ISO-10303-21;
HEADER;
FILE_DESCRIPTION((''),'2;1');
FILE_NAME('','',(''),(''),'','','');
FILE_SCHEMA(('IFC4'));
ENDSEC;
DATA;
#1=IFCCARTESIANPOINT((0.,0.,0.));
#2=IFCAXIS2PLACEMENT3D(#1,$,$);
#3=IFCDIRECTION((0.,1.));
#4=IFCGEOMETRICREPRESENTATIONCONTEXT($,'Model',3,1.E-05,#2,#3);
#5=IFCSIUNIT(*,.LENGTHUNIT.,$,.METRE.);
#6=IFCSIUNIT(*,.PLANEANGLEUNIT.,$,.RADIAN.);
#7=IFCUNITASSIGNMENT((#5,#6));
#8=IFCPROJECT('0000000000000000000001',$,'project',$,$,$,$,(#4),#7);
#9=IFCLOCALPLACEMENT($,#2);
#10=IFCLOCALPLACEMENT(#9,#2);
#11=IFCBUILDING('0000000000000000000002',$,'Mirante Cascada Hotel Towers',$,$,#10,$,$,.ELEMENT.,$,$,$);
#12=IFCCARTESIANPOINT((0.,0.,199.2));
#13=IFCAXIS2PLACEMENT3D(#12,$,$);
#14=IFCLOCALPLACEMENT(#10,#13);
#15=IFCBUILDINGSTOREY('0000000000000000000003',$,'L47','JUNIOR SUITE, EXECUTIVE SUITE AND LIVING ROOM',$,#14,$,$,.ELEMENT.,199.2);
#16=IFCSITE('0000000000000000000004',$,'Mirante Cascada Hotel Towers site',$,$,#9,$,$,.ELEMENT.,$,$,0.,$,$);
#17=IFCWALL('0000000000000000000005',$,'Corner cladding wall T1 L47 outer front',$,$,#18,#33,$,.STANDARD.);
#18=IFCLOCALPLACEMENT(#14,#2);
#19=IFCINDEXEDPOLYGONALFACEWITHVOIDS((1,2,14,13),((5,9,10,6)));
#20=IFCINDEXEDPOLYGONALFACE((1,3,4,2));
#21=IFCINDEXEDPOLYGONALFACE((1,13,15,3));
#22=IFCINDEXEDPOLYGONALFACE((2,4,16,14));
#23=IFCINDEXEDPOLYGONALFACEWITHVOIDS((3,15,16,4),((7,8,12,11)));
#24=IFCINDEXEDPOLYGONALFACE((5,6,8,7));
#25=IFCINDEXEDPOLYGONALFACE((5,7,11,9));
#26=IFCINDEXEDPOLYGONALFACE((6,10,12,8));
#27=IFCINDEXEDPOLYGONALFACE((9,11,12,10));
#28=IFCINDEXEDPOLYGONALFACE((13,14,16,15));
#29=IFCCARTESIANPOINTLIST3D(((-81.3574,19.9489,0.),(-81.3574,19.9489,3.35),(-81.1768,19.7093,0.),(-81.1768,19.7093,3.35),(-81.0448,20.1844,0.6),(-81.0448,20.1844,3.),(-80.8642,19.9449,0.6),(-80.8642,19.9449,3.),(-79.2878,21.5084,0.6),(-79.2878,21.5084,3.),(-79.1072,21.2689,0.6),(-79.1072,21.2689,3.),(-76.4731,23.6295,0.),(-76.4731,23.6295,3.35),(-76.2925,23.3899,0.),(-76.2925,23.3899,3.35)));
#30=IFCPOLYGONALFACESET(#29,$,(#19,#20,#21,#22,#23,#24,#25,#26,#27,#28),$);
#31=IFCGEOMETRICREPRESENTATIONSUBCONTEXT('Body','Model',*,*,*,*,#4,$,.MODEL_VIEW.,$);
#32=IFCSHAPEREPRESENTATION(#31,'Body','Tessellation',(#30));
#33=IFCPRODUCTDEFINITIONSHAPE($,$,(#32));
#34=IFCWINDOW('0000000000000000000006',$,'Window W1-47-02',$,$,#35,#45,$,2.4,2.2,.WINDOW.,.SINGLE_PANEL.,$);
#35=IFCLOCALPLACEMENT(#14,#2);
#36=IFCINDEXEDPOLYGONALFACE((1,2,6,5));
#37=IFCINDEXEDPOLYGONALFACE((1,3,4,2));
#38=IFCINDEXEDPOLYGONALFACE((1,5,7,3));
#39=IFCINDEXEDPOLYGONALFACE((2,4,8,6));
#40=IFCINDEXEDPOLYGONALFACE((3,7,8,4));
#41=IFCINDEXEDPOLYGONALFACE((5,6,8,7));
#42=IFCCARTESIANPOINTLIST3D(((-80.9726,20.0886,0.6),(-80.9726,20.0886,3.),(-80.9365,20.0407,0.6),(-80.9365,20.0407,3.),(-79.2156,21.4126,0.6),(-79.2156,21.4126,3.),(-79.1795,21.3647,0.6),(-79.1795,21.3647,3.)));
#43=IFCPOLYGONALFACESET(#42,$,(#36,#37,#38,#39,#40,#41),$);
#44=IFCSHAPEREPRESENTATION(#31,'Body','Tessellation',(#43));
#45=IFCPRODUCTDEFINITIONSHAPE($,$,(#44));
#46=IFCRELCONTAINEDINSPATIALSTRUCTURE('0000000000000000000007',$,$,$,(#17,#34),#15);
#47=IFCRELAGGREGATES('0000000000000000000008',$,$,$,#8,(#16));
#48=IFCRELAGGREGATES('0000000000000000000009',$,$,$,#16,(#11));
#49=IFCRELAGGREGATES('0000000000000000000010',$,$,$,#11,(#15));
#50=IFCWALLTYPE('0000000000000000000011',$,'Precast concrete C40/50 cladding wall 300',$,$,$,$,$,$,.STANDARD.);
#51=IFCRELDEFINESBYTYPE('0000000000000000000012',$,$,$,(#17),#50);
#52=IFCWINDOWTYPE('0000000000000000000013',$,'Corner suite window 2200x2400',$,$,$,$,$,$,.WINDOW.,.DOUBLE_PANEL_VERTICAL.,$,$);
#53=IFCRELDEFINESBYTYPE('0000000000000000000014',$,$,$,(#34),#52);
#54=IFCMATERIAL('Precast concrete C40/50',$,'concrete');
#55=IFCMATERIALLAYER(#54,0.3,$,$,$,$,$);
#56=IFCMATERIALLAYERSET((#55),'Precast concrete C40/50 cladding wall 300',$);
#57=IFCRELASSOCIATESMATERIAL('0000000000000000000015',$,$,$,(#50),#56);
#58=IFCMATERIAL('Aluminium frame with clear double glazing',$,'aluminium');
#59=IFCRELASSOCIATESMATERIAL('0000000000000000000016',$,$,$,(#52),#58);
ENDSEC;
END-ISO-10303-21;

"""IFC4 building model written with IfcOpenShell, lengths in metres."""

from ifc_helpers import new_model, si_unit, direction, frame, frame_2d, origin, place, context, subcontext, project, spatial, rectangle, extrude, material, layer, layer_set, type_object, element, fill, save


model = new_model("IFC4")

# Units and contexts
model_context = context("Model", 3, precision=1e-05, world=origin(), true_north=direction((0.0, 1.0)))
body_context = subcontext(model_context, "Body", "Model", "MODEL_VIEW")
ifc_project = project(units=[si_unit("LENGTHUNIT", "METRE"), si_unit("PLANEANGLEUNIT", "RADIAN")], contexts=[model_context])

# Site, building, storey
site_placement = place(None, origin())
site = spatial("IfcSite", under=ifc_project, at=site_placement, Name="Mirante Cascada Hotel Towers site", CompositionType="ELEMENT", RefElevation=0.0)
building_placement = place(site_placement, origin())
building = spatial("IfcBuilding", under=site, at=building_placement, Name="Mirante Cascada Hotel Towers", CompositionType="ELEMENT")
storey_placement = place(building_placement, frame((0.0, 0.0, 199.2)))
storey = spatial("IfcBuildingStorey", under=building, at=storey_placement, Name="L47", Description="JUNIOR SUITE, EXECUTIVE SUITE AND LIVING ROOM", CompositionType="ELEMENT", Elevation=199.2)

# Wall, opening, window
ifc_material_1 = material(Name="Precast concrete C40/50", Category="concrete")
ifc_layer_1 = layer(ifc_material_1, 0.3)
ifc_layer_set_1 = layer_set([ifc_layer_1], Name="Precast concrete C40/50 cladding wall 300")
wall_type_1 = type_object("IfcWallType", Name="Precast concrete C40/50 cladding wall 300", PredefinedType="STANDARD", material=ifc_layer_set_1)
wall_1_placement = place(storey_placement, frame((-81.2671, 19.8291, 0.0), z_axis=(0.0, 0.0, 1.0), x_axis=(0.798634, 0.601817, 0.0)))
wall_1 = element("IfcWall", 1, at=wall_1_placement, inside=storey, type_object=wall_type_1, Name="Corner cladding wall T1 L47 outer front", PredefinedType="STANDARD", context=body_context, shape_type="SweptSolid", body=[
    extrude(rectangle(XDim=6.1158, YDim=0.3, at=frame_2d((3.0579, 0.0))), origin(), (0.0, 0.0, 1.0), 3.35),
])
opening_1_placement = place(wall_1_placement, frame((0.3914, 0.0, 0.6)))
opening_1 = element("IfcOpeningElement", 2, at=opening_1_placement, cuts=wall_1, PredefinedType="OPENING", context=body_context, shape_type="SweptSolid", body=[
    extrude(rectangle(XDim=2.2, YDim=2.4, at=frame_2d((1.1, 1.2))), frame((0.0, 0.15, 0.0), z_axis=(0.0, -1.0, 0.0), x_axis=(1.0, 0.0, 0.0)), (0.0, 0.0, 1.0), 0.3),
])
ifc_material_2 = material(Name="Aluminium frame with clear double glazing", Category="aluminium")
window_type = type_object("IfcWindowType", Name="Corner suite window 2200x2400", PartitioningType="DOUBLE_PANEL_VERTICAL", PredefinedType="WINDOW", material=ifc_material_2)
window_placement = place(opening_1_placement, origin())
window = element("IfcWindow", 3, at=window_placement, inside=storey, type_object=window_type, Name="Window W1-47-02", OverallHeight=2.4, OverallWidth=2.2, PartitioningType="SINGLE_PANEL", PredefinedType="WINDOW", context=body_context, shape_type="SweptSolid", body=[
    extrude(rectangle(XDim=2.2, YDim=2.4, at=frame_2d((1.1, 1.2))), frame((0.0, 0.03, 0.0), z_axis=(0.0, -1.0, 0.0), x_axis=(1.0, 0.0, 0.0)), (0.0, 0.0, 1.0), 0.06),
])
fill(opening_1, window)

save(model, "model.ifc")
